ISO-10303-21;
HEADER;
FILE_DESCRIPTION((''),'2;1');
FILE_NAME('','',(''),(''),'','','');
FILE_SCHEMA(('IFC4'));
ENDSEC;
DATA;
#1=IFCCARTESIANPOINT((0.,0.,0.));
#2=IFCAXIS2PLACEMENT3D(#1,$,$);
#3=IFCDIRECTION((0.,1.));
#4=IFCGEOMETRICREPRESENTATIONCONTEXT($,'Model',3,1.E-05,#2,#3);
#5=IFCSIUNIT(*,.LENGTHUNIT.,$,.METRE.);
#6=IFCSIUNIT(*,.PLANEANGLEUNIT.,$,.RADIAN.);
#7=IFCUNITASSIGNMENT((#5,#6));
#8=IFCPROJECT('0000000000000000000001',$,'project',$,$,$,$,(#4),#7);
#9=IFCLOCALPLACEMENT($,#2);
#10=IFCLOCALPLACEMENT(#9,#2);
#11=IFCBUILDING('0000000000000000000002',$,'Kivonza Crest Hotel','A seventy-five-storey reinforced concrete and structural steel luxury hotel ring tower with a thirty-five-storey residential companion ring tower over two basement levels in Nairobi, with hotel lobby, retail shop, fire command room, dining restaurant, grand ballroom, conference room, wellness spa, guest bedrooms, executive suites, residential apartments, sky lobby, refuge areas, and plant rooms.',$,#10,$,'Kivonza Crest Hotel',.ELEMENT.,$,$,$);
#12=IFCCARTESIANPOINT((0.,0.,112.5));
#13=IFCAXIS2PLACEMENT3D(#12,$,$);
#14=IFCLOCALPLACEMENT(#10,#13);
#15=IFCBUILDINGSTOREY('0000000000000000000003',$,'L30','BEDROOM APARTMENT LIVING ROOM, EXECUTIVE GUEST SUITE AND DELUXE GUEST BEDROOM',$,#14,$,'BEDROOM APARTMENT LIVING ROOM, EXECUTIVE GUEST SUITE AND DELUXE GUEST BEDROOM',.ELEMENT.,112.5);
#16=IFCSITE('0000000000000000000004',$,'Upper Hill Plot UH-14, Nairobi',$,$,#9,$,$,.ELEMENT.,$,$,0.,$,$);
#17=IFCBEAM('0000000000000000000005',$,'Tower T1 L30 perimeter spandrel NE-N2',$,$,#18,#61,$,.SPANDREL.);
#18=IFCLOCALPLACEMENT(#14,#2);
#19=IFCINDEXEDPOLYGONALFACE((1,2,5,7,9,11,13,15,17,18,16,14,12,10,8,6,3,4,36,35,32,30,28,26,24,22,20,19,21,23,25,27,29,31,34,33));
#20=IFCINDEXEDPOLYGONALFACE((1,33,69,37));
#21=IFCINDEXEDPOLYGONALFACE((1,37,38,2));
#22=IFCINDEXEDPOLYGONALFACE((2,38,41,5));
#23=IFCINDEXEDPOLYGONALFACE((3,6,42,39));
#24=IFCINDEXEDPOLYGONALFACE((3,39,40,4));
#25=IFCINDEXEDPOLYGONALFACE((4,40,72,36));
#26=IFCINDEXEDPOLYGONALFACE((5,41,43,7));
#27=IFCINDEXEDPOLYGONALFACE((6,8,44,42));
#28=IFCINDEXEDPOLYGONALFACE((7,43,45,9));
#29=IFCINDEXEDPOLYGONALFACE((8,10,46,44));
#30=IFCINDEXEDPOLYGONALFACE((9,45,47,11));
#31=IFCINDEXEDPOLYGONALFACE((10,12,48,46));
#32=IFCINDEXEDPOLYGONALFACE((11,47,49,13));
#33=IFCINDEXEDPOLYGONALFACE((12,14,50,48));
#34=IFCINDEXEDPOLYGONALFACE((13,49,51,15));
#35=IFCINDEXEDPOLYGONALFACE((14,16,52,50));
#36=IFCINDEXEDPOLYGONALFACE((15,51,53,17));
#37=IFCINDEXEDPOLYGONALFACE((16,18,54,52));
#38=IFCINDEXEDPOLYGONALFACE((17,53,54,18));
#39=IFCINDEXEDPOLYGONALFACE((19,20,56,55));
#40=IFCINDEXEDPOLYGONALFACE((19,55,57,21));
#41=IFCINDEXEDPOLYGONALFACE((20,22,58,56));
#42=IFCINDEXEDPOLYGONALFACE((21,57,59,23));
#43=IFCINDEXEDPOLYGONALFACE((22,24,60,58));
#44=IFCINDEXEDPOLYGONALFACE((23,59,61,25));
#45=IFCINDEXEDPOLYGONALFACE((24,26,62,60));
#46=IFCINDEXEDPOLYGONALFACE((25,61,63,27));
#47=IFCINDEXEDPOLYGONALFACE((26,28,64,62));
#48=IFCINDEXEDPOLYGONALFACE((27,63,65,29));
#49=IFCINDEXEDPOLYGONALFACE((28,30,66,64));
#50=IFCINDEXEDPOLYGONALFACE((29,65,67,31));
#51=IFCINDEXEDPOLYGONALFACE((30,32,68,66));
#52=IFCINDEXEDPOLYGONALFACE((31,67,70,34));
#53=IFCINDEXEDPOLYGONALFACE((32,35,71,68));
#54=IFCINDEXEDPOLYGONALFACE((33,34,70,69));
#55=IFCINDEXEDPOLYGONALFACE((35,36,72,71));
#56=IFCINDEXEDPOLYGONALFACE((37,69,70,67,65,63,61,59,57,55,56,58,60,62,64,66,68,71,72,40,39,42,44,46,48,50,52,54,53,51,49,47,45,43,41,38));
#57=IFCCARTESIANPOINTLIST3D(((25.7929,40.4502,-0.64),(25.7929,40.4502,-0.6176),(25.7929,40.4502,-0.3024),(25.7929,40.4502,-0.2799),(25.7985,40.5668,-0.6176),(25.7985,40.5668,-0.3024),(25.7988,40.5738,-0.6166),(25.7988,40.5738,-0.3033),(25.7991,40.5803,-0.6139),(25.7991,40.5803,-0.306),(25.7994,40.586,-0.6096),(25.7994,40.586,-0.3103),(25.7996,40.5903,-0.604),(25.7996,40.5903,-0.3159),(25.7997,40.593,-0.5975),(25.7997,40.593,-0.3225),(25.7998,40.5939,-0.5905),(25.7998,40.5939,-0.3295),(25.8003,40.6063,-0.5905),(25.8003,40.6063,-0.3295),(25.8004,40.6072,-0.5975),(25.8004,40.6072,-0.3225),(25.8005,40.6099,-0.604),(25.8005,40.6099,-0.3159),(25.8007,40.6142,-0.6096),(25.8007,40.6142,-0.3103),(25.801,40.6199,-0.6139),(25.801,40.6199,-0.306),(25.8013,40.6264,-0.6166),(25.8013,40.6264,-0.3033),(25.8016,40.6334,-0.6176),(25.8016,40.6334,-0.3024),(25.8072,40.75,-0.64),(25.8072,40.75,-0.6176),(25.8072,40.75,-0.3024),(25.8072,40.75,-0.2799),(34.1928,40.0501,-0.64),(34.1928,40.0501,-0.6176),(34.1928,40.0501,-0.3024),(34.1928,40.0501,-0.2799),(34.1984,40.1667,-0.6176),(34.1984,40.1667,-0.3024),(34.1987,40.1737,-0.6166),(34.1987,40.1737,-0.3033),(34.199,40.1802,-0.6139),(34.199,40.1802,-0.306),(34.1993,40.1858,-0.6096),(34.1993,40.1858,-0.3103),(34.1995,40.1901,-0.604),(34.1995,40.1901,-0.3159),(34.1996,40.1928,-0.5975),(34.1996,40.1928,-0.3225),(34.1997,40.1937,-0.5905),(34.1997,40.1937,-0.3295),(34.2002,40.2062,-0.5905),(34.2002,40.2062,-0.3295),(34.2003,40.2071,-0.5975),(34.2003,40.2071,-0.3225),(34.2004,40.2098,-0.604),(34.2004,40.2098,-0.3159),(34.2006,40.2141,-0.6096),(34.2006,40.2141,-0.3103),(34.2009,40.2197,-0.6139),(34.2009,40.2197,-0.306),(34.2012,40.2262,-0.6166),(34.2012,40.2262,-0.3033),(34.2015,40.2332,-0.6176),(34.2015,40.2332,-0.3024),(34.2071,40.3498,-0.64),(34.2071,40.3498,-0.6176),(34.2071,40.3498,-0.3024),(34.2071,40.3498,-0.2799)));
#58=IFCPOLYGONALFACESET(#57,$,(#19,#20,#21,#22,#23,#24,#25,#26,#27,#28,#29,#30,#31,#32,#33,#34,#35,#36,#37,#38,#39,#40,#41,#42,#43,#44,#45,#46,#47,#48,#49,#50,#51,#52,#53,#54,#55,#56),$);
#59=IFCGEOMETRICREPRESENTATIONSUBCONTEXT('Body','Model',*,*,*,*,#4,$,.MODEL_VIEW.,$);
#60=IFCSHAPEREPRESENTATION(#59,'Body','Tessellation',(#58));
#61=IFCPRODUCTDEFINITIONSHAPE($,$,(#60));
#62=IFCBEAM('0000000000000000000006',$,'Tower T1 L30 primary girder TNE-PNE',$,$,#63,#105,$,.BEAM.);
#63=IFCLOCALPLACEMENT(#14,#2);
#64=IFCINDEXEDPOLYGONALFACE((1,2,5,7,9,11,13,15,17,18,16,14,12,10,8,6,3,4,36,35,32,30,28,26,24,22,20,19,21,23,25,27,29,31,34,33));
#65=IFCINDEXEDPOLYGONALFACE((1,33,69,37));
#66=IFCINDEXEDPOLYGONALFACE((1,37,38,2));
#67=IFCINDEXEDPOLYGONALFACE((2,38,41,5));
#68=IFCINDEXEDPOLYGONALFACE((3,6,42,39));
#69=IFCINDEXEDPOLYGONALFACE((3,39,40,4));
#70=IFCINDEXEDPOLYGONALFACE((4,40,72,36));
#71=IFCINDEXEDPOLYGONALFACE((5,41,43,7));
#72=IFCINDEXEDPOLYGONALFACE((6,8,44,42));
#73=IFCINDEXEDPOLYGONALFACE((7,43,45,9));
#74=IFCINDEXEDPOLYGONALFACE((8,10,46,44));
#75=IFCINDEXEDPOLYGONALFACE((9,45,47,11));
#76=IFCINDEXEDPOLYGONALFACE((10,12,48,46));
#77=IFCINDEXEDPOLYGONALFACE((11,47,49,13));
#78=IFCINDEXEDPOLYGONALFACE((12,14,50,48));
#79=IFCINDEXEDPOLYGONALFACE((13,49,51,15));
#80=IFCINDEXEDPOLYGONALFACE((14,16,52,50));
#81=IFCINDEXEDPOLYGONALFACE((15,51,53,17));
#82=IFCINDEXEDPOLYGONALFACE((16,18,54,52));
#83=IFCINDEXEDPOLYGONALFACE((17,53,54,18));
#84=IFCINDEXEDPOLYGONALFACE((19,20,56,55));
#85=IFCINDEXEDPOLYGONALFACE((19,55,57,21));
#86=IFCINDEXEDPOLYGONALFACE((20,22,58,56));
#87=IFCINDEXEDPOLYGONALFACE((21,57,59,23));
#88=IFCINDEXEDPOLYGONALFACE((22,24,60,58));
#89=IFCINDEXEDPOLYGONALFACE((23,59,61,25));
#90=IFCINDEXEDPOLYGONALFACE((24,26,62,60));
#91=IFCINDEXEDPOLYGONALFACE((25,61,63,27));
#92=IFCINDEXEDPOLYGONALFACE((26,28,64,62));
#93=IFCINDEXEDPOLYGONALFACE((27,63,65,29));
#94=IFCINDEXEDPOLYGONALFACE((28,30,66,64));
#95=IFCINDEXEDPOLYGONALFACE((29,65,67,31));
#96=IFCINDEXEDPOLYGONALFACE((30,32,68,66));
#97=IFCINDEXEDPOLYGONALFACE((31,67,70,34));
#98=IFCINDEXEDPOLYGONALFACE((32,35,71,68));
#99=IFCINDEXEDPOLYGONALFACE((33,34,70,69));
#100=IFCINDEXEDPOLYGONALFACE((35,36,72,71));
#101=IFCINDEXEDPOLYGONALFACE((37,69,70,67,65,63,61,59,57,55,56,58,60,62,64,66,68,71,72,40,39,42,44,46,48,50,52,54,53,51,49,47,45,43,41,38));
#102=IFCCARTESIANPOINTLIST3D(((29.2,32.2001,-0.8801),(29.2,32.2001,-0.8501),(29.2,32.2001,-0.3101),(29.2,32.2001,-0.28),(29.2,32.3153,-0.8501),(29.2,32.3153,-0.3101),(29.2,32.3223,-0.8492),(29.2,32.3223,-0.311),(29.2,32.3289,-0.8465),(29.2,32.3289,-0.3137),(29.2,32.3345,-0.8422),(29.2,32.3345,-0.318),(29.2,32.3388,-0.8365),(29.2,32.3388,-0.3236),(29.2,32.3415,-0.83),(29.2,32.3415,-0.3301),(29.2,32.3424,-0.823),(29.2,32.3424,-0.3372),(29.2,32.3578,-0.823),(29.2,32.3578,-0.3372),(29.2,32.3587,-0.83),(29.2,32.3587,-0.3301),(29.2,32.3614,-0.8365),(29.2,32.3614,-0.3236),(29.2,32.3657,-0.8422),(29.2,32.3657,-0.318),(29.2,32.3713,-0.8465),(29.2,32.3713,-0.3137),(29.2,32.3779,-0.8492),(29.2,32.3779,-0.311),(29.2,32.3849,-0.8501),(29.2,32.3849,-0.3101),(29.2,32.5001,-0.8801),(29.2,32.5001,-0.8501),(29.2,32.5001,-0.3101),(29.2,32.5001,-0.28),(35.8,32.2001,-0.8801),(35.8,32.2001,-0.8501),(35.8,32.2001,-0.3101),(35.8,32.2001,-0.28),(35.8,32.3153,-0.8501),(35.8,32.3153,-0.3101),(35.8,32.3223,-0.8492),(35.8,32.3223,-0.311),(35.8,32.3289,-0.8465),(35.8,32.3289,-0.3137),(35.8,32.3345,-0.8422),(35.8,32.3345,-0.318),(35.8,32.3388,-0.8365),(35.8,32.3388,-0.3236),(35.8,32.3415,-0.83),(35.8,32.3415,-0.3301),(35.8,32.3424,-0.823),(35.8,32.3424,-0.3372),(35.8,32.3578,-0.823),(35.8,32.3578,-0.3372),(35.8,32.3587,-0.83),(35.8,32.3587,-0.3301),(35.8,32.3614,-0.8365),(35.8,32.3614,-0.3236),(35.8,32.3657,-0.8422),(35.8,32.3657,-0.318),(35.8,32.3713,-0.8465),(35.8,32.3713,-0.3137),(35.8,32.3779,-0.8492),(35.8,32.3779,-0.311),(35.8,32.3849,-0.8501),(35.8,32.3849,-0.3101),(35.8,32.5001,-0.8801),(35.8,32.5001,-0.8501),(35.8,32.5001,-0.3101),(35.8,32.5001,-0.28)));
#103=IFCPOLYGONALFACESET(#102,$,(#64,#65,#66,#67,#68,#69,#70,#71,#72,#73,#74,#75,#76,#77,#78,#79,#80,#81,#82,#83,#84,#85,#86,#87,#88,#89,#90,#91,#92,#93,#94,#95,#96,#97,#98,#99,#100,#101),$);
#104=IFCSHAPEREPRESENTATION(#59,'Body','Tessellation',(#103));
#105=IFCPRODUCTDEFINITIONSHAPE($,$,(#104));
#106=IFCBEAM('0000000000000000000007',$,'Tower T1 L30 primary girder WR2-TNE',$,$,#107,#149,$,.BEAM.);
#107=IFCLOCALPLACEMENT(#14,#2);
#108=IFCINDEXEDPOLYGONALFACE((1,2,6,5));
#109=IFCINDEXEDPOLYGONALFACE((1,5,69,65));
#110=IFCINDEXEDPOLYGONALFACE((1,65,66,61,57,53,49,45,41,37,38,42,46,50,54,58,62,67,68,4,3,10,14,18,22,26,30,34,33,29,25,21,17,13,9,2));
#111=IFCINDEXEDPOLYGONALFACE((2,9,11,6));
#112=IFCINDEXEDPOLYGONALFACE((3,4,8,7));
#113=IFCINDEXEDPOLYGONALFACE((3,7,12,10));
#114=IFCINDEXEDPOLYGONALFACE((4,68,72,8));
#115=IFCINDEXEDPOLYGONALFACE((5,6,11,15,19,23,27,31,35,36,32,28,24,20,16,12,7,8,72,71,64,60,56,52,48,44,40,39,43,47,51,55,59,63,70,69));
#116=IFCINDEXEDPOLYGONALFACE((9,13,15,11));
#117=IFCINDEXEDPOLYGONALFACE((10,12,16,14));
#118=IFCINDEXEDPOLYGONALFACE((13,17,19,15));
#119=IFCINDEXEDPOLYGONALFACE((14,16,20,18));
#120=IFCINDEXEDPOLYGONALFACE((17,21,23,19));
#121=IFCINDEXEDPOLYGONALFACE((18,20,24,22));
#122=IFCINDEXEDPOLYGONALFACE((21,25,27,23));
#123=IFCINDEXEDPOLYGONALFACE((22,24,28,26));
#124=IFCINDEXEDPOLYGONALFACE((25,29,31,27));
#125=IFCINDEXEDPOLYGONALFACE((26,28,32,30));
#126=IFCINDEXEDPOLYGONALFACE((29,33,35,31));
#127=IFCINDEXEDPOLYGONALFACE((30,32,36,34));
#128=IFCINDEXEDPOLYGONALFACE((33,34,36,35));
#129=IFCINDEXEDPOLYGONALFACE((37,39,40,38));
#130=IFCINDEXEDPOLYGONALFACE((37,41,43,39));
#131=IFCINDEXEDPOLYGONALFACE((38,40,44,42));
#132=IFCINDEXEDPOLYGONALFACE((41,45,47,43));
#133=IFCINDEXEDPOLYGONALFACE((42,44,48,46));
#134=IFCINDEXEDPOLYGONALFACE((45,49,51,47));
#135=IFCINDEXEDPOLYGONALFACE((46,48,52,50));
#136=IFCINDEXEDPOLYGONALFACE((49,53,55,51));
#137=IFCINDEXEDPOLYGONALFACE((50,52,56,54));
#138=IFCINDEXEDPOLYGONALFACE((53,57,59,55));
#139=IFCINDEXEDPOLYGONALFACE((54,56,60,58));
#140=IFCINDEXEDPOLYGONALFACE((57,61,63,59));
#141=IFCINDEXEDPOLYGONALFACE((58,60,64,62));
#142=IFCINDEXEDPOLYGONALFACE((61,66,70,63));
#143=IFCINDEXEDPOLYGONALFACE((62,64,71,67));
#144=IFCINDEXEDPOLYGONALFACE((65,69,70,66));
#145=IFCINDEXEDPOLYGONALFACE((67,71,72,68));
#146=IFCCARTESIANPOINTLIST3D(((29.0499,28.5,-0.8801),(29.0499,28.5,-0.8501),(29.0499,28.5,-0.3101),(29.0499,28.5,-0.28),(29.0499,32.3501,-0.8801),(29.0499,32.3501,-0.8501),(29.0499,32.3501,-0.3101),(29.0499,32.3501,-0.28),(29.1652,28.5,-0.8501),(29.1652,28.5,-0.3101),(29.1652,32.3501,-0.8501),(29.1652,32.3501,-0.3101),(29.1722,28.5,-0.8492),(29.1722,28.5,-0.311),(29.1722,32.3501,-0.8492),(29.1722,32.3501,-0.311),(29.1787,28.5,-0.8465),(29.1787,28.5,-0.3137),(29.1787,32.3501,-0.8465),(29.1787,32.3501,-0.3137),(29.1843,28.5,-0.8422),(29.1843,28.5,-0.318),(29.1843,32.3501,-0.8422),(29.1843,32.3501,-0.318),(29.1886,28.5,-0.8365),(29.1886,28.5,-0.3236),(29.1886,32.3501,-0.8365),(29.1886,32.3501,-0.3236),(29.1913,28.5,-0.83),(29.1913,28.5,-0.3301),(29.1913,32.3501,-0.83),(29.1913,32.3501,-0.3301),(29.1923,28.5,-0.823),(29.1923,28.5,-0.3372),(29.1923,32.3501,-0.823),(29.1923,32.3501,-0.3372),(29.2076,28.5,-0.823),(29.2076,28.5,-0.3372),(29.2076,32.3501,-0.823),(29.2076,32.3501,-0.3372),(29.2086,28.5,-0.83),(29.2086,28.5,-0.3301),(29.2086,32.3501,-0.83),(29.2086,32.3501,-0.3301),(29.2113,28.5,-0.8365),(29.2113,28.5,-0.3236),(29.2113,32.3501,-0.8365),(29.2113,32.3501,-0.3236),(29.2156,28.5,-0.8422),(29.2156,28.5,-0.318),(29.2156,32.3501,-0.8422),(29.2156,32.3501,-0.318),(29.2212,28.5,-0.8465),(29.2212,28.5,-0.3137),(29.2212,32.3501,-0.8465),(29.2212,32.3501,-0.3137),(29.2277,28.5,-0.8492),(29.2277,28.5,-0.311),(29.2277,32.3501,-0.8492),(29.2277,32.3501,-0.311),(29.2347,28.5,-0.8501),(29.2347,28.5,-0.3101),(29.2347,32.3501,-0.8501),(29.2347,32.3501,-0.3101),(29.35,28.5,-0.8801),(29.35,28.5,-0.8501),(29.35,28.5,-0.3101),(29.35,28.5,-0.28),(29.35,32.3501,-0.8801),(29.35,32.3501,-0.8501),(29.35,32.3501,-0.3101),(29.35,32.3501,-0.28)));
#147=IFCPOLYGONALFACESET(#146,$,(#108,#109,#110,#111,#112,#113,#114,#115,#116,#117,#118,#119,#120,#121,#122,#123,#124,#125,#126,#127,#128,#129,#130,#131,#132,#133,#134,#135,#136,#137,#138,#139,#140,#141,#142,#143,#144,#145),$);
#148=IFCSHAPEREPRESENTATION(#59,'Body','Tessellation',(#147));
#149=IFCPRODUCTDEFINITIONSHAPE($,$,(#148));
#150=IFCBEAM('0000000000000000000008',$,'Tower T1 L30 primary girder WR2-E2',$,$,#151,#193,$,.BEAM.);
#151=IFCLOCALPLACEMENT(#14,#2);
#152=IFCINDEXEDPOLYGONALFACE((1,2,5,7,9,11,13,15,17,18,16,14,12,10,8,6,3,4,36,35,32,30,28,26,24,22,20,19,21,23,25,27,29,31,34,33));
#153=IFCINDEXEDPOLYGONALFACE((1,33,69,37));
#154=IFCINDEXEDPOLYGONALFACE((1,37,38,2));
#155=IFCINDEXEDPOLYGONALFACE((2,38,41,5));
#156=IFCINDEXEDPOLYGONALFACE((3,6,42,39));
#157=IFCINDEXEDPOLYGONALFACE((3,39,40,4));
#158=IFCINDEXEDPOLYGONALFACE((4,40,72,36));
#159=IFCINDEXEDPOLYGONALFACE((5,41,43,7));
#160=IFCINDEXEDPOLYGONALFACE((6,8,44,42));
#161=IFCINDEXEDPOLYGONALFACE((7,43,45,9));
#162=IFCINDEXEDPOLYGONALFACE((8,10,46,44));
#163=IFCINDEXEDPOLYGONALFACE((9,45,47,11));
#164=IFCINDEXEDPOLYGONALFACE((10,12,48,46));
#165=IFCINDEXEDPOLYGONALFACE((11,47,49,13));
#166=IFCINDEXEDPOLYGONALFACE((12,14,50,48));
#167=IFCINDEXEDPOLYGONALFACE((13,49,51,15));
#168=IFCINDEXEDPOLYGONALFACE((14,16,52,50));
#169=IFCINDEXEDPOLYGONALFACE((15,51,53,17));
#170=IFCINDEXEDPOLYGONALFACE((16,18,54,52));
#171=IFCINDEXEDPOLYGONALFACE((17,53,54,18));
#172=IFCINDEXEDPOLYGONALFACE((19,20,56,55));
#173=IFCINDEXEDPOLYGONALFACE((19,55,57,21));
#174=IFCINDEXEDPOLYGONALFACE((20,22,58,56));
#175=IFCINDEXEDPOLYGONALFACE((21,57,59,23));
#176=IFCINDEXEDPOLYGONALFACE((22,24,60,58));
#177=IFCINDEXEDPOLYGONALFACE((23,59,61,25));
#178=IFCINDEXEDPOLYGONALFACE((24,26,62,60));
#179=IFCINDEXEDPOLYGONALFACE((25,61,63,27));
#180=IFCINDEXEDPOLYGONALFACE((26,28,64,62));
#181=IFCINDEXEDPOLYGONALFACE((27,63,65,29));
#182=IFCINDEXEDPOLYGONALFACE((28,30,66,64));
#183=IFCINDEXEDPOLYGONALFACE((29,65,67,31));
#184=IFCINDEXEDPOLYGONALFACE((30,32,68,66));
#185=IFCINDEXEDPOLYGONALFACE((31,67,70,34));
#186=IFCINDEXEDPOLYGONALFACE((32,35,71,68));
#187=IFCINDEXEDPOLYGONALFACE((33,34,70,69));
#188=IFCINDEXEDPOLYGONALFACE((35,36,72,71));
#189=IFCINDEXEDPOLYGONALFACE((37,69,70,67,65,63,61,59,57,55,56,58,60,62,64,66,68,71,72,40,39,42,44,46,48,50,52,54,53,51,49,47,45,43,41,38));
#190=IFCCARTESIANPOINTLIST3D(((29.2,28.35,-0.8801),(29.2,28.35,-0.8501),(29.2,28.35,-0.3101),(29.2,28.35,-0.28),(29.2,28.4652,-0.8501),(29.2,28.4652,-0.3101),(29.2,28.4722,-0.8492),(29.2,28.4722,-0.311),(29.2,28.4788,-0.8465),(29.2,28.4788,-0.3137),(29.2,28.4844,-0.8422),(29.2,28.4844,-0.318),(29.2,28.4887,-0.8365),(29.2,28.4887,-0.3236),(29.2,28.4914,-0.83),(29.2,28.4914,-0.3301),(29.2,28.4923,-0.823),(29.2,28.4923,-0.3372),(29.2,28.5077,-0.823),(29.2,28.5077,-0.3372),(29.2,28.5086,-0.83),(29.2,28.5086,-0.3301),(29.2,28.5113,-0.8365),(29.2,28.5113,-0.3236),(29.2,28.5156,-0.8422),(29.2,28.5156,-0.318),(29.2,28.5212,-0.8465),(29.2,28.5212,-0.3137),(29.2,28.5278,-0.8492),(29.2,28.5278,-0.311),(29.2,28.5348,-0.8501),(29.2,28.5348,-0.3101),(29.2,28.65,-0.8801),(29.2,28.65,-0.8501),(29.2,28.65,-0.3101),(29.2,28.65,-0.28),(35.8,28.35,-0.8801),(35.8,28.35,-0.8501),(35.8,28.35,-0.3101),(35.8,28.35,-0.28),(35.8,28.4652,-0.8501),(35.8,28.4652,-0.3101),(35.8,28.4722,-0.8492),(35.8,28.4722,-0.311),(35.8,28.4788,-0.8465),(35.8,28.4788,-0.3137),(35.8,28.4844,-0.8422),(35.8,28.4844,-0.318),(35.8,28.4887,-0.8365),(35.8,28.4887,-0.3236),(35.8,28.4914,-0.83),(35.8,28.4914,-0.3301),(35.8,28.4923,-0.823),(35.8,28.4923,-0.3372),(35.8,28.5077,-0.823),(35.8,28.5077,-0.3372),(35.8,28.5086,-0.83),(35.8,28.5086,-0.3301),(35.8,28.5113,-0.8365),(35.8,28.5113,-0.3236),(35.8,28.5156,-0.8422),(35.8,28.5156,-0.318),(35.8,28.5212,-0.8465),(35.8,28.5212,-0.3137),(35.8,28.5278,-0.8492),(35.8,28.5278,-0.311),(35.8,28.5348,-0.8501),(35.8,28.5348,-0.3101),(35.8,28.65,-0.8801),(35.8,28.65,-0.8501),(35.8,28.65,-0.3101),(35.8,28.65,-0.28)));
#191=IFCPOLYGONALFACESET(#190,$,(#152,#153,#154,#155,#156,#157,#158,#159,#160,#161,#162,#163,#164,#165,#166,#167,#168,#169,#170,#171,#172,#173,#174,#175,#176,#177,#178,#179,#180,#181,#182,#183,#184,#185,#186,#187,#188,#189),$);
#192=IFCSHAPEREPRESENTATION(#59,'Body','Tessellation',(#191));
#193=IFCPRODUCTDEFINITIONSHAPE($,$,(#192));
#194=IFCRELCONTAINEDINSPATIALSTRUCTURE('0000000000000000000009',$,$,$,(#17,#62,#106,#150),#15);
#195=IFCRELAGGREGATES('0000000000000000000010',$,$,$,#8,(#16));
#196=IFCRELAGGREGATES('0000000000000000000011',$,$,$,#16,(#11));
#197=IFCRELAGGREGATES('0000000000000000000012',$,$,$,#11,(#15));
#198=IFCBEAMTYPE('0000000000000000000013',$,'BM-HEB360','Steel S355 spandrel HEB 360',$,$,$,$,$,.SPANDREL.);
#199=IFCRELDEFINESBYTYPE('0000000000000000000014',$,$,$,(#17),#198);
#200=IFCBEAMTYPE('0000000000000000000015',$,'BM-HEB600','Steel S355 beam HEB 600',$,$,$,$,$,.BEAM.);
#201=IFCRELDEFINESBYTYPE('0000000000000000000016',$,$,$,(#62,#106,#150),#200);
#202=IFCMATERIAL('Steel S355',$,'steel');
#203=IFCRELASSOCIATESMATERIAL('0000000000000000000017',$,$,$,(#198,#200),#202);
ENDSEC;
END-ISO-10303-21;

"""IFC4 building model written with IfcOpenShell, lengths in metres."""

from ifc_helpers import new_model, si_unit, direction, frame, origin, origin_2d, place, context, subcontext, project, spatial, i_section, extrude, material, material_profile, profile_set, type_object, element, save


model = new_model("IFC4")

# Units and contexts
model_context = context("Model", 3, precision=1e-05, world=origin(), true_north=direction((0.0, 1.0)))
body_context = subcontext(model_context, "Body", "Model", "MODEL_VIEW")
ifc_project = project(units=[si_unit("LENGTHUNIT", "METRE"), si_unit("PLANEANGLEUNIT", "RADIAN")], contexts=[model_context])

# Site, building, storey
site_placement = place(None, origin())
site = spatial("IfcSite", under=ifc_project, at=site_placement, Name="Upper Hill Plot UH-14, Nairobi", CompositionType="ELEMENT", RefElevation=0.0)
building_placement = place(site_placement, origin())
building = spatial("IfcBuilding", under=site, at=building_placement, Name="Kivonza Crest Hotel", Description="A seventy-five-storey reinforced concrete and structural steel luxury hotel ring tower with a thirty-five-storey residential companion ring tower over two basement levels in Nairobi, with hotel lobby, retail shop, fire command room, dining restaurant, grand ballroom, conference room, wellness spa, guest bedrooms, executive suites, residential apartments, sky lobby, refuge areas, and plant rooms.", LongName="Kivonza Crest Hotel", CompositionType="ELEMENT")
storey_placement = place(building_placement, frame((0.0, 0.0, 112.5)))
storey = spatial("IfcBuildingStorey", under=building, at=storey_placement, Name="L30", Description="BEDROOM APARTMENT LIVING ROOM, EXECUTIVE GUEST SUITE AND DELUXE GUEST BEDROOM", LongName="BEDROOM APARTMENT LIVING ROOM, EXECUTIVE GUEST SUITE AND DELUXE GUEST BEDROOM", CompositionType="ELEMENT", Elevation=112.5)

# Beams
ifc_material_1 = material(Name="Steel S355", Category="steel")
ifc_material_profile_1 = material_profile(ifc_material_1, i_section(OverallWidth=0.3, OverallDepth=0.3601, WebThickness=0.0125, FlangeThickness=0.0225, FilletRadius=0.0271, at=origin_2d()), Name="HEB 360")
ifc_profile_set_1 = profile_set([ifc_material_profile_1], Name="Steel S355")
beam_type_1 = type_object("IfcBeamType", Name="BM-HEB360", Description="Steel S355 spandrel HEB 360", PredefinedType="SPANDREL", material=ifc_profile_set_1)
beam_1_placement = place(storey_placement, frame((34.2, 40.2, -0.46), z_axis=(-0.998867, 0.047583, 0.0), x_axis=(-0.047583, -0.998867, 0.0)))
element("IfcBeam", 1, at=beam_1_placement, inside=storey, type_object=beam_type_1, Name="Tower T1 L30 perimeter spandrel NE-N2", PredefinedType="SPANDREL", context=body_context, shape_type="SweptSolid", body=[
    extrude(i_section(OverallWidth=0.3, OverallDepth=0.3601, WebThickness=0.0125, FlangeThickness=0.0225, FilletRadius=0.0271, at=origin_2d()), origin(), (0.0, 0.0, 1.0), 8.4094),
])
ifc_material_profile_2 = material_profile(ifc_material_1, i_section(OverallWidth=0.3, OverallDepth=0.6001, WebThickness=0.0154, FlangeThickness=0.03, FilletRadius=0.0271, at=origin_2d()), Name="HEB 600")
ifc_profile_set_2 = profile_set([ifc_material_profile_2], Name="Steel S355")
beam_type_2 = type_object("IfcBeamType", Name="BM-HEB600", Description="Steel S355 beam HEB 600", PredefinedType="BEAM", material=ifc_profile_set_2)
beam_2_placement = place(storey_placement, frame((29.2, 32.3501, -0.5801), z_axis=(1.0, 0.0, 0.0), x_axis=(0.0, 1.0, 0.0)))
element("IfcBeam", 2, at=beam_2_placement, inside=storey, type_object=beam_type_2, Name="Tower T1 L30 primary girder TNE-PNE", PredefinedType="BEAM", context=body_context, shape_type="SweptSolid", body=[
    extrude(i_section(OverallWidth=0.3, OverallDepth=0.6001, WebThickness=0.0154, FlangeThickness=0.03, FilletRadius=0.0271, at=origin_2d()), origin(), (0.0, 0.0, 1.0), 6.6001),
])
beam_3_placement = place(storey_placement, frame((29.2, 28.5, -0.5801), z_axis=(0.0, 1.0, 0.0), x_axis=(-1.0, 0.0, 0.0)))
element("IfcBeam", 3, at=beam_3_placement, inside=storey, type_object=beam_type_2, Name="Tower T1 L30 primary girder WR2-TNE", PredefinedType="BEAM", context=body_context, shape_type="SweptSolid", body=[
    extrude(i_section(OverallWidth=0.3, OverallDepth=0.6001, WebThickness=0.0154, FlangeThickness=0.03, FilletRadius=0.0271, at=origin_2d()), origin(), (0.0, 0.0, 1.0), 3.8501),
])
beam_4_placement = place(storey_placement, frame((29.2, 28.5, -0.5801), z_axis=(1.0, 0.0, 0.0), x_axis=(0.0, 1.0, 0.0)))
element("IfcBeam", 4, at=beam_4_placement, inside=storey, type_object=beam_type_2, Name="Tower T1 L30 primary girder WR2-E2", PredefinedType="BEAM", context=body_context, shape_type="SweptSolid", body=[
    extrude(i_section(OverallWidth=0.3, OverallDepth=0.6001, WebThickness=0.0154, FlangeThickness=0.03, FilletRadius=0.0271, at=origin_2d()), origin(), (0.0, 0.0, 1.0), 6.6001),
])

save(model, "model.ifc")
